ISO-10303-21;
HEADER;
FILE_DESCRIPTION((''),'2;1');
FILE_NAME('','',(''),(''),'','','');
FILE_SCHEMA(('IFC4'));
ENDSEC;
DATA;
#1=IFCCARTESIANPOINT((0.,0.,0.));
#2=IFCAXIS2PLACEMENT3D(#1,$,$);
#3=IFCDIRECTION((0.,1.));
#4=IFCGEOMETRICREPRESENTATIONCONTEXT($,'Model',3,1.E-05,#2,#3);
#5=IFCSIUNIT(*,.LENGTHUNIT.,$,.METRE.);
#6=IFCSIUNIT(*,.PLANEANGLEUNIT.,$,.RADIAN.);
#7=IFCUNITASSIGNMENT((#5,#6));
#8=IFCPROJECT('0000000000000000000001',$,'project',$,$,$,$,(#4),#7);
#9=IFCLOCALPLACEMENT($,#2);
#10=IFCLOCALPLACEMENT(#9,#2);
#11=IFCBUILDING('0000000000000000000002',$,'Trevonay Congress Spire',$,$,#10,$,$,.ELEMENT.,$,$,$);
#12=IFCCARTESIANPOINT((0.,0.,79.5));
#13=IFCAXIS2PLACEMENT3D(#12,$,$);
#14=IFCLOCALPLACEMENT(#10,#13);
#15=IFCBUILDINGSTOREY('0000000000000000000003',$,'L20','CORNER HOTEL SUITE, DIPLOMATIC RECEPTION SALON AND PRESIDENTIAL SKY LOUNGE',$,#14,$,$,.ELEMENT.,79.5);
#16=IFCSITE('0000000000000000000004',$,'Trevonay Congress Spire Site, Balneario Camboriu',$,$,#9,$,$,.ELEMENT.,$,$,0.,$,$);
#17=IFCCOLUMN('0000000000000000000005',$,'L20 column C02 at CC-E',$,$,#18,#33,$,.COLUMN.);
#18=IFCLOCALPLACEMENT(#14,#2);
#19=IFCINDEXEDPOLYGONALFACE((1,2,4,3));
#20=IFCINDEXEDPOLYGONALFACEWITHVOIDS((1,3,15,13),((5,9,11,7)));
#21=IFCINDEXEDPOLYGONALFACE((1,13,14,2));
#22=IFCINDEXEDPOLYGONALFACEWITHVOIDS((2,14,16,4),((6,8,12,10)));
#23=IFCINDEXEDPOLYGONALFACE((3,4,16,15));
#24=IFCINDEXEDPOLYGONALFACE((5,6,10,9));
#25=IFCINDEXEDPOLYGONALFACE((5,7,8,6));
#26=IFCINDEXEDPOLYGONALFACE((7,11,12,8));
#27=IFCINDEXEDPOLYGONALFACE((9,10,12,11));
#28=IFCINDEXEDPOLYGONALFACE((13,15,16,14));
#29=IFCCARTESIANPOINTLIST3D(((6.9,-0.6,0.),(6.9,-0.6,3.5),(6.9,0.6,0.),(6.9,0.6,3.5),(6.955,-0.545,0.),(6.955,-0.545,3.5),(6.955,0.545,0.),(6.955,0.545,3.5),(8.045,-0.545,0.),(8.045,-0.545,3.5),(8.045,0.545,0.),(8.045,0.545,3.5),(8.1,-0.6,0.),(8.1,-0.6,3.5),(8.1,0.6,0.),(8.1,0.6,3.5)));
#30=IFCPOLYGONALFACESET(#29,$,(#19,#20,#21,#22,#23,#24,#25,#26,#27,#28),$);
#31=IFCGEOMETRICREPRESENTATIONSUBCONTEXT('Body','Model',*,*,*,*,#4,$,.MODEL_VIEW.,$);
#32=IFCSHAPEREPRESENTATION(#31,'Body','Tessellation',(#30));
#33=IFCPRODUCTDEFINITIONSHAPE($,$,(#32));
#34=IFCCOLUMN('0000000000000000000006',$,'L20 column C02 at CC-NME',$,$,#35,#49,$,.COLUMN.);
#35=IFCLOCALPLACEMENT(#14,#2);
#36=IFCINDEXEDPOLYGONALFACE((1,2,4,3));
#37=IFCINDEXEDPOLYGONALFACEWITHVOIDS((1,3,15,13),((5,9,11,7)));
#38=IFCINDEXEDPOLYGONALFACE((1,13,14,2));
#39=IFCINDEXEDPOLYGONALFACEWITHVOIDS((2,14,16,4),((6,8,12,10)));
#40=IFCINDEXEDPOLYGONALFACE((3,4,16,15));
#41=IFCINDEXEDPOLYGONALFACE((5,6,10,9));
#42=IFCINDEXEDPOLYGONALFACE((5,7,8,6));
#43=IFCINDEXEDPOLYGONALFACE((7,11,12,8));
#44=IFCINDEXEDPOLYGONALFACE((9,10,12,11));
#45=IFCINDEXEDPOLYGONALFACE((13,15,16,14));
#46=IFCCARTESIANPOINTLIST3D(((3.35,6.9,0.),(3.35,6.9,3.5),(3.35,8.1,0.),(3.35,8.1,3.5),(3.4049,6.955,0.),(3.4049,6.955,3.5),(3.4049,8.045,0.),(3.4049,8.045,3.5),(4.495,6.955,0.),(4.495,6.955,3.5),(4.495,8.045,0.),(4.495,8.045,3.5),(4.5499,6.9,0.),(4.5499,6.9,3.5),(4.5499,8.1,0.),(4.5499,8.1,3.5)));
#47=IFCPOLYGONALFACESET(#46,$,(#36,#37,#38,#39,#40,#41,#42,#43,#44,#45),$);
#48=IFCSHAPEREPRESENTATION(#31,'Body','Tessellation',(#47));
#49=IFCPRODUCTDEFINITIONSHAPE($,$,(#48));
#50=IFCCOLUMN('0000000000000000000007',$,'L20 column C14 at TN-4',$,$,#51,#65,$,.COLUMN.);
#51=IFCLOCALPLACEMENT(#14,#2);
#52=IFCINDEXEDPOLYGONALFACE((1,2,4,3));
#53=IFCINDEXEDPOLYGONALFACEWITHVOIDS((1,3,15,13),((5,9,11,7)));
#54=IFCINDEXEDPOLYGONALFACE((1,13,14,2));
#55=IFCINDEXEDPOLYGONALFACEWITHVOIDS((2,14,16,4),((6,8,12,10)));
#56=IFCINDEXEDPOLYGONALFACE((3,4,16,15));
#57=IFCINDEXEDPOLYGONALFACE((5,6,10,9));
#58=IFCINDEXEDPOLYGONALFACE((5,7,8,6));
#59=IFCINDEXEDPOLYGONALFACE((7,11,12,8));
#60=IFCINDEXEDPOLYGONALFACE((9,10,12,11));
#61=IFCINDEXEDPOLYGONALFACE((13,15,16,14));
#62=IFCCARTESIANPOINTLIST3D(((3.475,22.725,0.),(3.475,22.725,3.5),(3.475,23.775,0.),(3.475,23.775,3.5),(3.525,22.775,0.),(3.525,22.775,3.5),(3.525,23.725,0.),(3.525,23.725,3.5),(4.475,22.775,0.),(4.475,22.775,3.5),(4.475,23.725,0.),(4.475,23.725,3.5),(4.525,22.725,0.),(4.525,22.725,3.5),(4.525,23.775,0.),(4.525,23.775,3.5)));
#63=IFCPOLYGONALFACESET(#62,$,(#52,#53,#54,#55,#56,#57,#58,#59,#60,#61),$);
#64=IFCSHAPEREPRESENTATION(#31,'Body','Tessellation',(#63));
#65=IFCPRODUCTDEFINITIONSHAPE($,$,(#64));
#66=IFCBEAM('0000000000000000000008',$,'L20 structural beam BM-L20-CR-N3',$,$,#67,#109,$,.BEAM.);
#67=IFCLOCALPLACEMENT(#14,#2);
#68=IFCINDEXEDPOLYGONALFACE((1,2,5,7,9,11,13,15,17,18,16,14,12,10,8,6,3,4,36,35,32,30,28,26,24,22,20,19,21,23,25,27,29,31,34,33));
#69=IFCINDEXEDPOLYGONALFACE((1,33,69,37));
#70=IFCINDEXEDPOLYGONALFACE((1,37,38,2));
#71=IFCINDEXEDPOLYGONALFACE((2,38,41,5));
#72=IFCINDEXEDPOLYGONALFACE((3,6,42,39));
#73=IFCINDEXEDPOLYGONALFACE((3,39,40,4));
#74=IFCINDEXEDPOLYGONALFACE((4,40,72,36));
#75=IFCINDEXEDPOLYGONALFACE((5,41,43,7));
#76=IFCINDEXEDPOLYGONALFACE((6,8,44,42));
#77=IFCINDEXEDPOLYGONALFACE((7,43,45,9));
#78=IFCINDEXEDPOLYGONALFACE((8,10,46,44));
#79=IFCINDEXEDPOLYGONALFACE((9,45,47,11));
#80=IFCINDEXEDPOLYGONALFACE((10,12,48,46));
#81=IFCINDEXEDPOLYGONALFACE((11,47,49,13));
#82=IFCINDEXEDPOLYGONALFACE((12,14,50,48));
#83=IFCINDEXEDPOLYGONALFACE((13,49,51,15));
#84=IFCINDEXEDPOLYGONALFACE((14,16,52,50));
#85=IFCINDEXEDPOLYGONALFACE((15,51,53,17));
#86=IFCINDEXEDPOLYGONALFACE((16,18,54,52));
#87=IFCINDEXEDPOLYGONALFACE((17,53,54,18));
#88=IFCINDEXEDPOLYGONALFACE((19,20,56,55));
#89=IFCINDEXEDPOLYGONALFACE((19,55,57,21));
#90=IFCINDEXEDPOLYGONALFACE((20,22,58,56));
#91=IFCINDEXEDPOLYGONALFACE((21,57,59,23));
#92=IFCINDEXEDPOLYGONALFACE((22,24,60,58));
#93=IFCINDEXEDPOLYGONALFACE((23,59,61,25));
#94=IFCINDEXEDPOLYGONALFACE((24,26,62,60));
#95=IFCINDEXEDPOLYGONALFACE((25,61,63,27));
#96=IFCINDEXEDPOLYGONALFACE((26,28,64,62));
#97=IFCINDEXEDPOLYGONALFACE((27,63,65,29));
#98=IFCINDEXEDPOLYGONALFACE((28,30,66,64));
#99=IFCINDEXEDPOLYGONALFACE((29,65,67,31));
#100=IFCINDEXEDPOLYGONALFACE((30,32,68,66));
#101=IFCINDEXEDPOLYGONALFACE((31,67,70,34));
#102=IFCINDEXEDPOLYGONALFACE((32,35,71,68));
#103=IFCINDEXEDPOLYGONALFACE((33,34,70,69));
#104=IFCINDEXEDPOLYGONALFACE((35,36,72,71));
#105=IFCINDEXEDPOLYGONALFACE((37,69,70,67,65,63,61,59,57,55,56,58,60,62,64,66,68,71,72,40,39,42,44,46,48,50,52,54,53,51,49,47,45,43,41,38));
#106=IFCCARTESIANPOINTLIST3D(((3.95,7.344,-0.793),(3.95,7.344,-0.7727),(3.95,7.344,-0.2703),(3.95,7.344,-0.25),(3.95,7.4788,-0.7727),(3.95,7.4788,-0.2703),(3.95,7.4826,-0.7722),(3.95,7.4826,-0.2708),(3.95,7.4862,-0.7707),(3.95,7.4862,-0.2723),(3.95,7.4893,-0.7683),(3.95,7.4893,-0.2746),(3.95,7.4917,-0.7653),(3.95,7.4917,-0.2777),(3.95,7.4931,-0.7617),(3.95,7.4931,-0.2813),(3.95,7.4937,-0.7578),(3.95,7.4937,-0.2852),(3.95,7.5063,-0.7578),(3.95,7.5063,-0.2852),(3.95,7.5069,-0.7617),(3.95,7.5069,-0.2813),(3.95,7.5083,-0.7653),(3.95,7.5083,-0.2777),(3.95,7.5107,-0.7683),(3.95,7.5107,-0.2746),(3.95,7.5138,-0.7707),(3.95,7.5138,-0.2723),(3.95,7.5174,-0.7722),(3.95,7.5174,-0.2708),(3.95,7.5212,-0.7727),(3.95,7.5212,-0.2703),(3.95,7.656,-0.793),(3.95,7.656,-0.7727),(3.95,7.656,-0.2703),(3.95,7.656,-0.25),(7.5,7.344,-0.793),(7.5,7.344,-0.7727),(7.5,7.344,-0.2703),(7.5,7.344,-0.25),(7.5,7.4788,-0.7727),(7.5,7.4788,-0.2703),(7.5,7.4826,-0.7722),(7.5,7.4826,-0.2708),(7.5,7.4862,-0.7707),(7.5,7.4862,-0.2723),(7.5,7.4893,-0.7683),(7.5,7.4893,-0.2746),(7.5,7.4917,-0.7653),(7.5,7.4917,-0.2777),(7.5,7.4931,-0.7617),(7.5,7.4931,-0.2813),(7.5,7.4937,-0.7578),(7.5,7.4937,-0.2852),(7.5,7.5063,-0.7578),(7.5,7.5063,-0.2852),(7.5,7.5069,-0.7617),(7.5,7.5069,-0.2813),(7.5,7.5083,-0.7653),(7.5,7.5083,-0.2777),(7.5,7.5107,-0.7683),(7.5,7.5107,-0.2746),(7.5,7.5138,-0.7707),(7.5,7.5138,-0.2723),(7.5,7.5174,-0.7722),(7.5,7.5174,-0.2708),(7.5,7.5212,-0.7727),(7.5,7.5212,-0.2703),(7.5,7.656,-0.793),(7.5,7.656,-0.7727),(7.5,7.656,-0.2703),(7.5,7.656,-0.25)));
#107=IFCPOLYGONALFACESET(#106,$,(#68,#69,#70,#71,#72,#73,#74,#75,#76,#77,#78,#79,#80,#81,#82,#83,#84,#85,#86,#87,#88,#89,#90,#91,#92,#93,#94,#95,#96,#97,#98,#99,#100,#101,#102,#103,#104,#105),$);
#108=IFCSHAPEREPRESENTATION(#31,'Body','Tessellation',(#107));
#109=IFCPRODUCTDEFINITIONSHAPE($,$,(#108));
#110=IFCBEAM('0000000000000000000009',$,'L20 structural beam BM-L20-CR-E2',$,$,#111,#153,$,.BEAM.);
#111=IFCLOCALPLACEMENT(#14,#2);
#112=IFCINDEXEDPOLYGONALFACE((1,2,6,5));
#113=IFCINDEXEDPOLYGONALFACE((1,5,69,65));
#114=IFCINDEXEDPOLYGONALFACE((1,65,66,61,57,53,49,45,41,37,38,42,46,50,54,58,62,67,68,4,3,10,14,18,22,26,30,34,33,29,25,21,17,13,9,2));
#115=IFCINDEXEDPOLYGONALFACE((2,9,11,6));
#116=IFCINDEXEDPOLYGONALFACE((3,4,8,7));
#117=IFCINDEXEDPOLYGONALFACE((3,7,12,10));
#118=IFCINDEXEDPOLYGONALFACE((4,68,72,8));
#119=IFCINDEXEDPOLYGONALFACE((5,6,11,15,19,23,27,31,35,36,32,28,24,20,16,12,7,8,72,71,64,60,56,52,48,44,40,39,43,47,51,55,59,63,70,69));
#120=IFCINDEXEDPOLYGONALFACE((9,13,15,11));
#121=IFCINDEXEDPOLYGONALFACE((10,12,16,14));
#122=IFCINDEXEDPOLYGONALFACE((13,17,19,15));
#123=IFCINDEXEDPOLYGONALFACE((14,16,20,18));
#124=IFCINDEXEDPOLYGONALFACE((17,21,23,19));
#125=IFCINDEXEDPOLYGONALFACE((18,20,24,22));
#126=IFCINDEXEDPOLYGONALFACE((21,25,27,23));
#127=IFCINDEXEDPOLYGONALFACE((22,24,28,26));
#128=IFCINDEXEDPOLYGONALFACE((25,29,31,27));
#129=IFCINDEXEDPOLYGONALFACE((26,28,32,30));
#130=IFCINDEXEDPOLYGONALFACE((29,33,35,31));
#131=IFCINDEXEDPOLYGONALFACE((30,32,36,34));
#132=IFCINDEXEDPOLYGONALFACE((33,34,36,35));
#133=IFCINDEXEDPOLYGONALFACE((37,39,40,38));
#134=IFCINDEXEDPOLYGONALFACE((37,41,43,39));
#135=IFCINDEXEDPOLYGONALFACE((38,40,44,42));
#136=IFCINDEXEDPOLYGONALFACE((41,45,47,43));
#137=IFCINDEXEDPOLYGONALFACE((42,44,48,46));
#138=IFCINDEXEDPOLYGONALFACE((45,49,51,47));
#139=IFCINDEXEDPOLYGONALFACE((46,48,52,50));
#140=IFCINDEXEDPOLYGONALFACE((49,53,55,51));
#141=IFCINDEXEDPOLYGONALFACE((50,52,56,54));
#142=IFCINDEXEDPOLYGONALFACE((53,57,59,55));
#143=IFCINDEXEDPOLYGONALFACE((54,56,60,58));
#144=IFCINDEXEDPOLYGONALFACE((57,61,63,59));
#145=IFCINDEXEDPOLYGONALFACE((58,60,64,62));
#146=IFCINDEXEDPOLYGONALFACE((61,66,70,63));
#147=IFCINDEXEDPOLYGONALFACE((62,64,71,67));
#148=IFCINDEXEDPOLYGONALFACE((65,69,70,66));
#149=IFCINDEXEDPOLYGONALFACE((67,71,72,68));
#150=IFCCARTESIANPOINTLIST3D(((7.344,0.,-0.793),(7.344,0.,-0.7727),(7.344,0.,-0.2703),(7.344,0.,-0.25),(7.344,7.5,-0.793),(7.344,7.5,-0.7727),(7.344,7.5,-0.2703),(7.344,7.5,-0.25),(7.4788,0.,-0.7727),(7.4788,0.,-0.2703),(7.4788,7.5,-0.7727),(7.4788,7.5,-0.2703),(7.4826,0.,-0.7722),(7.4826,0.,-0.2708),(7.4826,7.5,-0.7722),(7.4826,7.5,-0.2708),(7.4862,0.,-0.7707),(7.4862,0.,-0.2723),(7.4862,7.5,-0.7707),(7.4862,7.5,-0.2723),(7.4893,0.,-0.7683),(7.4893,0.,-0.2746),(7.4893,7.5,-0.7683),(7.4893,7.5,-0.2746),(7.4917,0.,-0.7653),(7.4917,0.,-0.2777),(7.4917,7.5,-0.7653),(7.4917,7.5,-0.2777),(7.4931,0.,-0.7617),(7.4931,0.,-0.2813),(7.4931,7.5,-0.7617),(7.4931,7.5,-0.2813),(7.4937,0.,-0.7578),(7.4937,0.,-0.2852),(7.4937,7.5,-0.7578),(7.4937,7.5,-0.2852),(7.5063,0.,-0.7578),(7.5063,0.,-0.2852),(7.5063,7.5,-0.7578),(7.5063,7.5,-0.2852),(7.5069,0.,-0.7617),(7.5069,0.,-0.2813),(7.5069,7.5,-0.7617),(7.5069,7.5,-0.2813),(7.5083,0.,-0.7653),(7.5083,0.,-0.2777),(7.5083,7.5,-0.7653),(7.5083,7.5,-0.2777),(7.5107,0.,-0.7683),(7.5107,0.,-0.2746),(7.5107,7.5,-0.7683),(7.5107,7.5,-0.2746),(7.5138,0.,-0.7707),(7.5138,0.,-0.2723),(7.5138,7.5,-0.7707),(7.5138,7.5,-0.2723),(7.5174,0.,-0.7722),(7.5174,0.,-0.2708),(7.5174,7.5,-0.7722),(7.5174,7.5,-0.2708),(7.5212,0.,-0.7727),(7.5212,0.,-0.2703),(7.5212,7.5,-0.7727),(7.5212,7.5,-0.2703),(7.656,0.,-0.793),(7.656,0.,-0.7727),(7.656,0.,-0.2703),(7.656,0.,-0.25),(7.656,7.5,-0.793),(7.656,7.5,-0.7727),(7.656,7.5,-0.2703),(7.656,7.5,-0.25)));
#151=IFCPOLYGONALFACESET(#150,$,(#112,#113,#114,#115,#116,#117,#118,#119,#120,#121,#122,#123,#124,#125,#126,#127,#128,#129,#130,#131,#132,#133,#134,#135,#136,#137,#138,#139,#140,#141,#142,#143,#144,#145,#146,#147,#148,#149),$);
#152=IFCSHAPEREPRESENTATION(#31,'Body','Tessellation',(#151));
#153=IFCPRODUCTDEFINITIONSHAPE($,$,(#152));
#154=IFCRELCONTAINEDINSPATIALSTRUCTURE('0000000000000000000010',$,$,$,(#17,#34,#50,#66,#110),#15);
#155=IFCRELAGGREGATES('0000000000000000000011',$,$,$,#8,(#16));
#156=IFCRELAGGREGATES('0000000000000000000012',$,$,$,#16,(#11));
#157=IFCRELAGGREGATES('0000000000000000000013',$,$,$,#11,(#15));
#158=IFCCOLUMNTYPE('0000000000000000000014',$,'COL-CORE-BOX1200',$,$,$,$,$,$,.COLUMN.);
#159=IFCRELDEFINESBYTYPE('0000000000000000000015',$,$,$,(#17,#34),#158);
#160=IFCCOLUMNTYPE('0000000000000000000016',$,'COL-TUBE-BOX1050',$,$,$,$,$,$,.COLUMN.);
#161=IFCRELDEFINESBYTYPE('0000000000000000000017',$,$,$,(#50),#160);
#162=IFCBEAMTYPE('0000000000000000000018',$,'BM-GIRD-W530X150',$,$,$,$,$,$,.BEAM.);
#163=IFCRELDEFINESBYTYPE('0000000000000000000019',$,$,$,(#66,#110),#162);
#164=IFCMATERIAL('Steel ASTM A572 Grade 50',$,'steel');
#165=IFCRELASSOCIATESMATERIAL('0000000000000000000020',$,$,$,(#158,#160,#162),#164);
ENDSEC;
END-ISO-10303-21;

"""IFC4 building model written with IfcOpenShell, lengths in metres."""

from ifc_helpers import new_model, si_unit, direction, frame, origin, origin_2d, place, context, subcontext, project, spatial, hollow_rectangle, i_section, extrude, material, material_profile, profile_set, type_object, element, save


model = new_model("IFC4")

# Units and contexts
model_context = context("Model", 3, precision=1e-05, world=origin(), true_north=direction((0.0, 1.0)))
body_context = subcontext(model_context, "Body", "Model", "MODEL_VIEW")
ifc_project = project(units=[si_unit("LENGTHUNIT", "METRE"), si_unit("PLANEANGLEUNIT", "RADIAN")], contexts=[model_context])

# Site, building, storey
site_placement = place(None, origin())
site = spatial("IfcSite", under=ifc_project, at=site_placement, Name="Trevonay Congress Spire Site, Balneario Camboriu", CompositionType="ELEMENT", RefElevation=0.0)
building_placement = place(site_placement, origin())
building = spatial("IfcBuilding", under=site, at=building_placement, Name="Trevonay Congress Spire", CompositionType="ELEMENT")
storey_placement = place(building_placement, frame((0.0, 0.0, 79.5)))
storey = spatial("IfcBuildingStorey", under=building, at=storey_placement, Name="L20", Description="CORNER HOTEL SUITE, DIPLOMATIC RECEPTION SALON AND PRESIDENTIAL SKY LOUNGE", CompositionType="ELEMENT", Elevation=79.5)

# Columns
ifc_material_1 = material(Name="Steel ASTM A572 Grade 50", Category="steel")
ifc_material_profile_1 = material_profile(ifc_material_1, hollow_rectangle(XDim=1.2, YDim=1.2, WallThickness=0.0549, at=origin_2d()), Name="BOX 1200x1200x55")
ifc_profile_set_1 = profile_set([ifc_material_profile_1], Name="Steel ASTM A572 Grade 50")
column_type_1 = type_object("IfcColumnType", Name="COL-CORE-BOX1200", PredefinedType="COLUMN", material=ifc_profile_set_1)
for number, where, z_axis, x_axis, name in (
    (1, (7.5, 0.0, 0.0), (0.0, 0.0, 1.0), (1.0, 0.0, 0.0), "L20 column C02 at CC-E"),
    (2, (3.95, 7.5, 0.0), (0.0, 0.0, 1.0), (1.0, 0.0, 0.0), "L20 column C02 at CC-NME"),
):
    element("IfcColumn", number, at=place(storey_placement, frame(where, z_axis=z_axis, x_axis=x_axis)), inside=storey, type_object=column_type_1, Name=name, PredefinedType="COLUMN", context=body_context, shape_type="SweptSolid", body=[
        extrude(hollow_rectangle(XDim=1.2, YDim=1.2, WallThickness=0.0549, at=origin_2d()), origin(), (0.0, 0.0, 1.0), 3.5),
    ])
ifc_material_profile_2 = material_profile(ifc_material_1, hollow_rectangle(XDim=1.05, YDim=1.05, WallThickness=0.05, at=origin_2d()), Name="BOX 1050x1050x50")
ifc_profile_set_2 = profile_set([ifc_material_profile_2], Name="Steel ASTM A572 Grade 50")
column_type_2 = type_object("IfcColumnType", Name="COL-TUBE-BOX1050", PredefinedType="COLUMN", material=ifc_profile_set_2)
column_placement = place(storey_placement, frame((4.0, 23.25, 0.0), z_axis=(0.0, 0.0, 1.0), x_axis=(1.0, 0.0, 0.0)))
element("IfcColumn", 3, at=column_placement, inside=storey, type_object=column_type_2, Name="L20 column C14 at TN-4", PredefinedType="COLUMN", context=body_context, shape_type="SweptSolid", body=[
    extrude(hollow_rectangle(XDim=1.05, YDim=1.05, WallThickness=0.05, at=origin_2d()), origin(), (0.0, 0.0, 1.0), 3.5),
])

# Beams
ifc_material_profile_3 = material_profile(ifc_material_1, i_section(OverallWidth=0.312, OverallDepth=0.543, WebThickness=0.0127, FlangeThickness=0.0203, FilletRadius=0.0149, at=origin_2d()), Name="W530x150")
ifc_profile_set_3 = profile_set([ifc_material_profile_3], Name="Steel ASTM A572 Grade 50")
beam_type_1 = type_object("IfcBeamType", Name="BM-GIRD-W530X150", PredefinedType="BEAM", material=ifc_profile_set_3)
beam_1_placement = place(storey_placement, frame((3.95, 7.5, -0.5215), z_axis=(1.0, 0.0, 0.0), x_axis=(0.0, 1.0, 0.0)))
element("IfcBeam", 4, at=beam_1_placement, inside=storey, type_object=beam_type_1, Name="L20 structural beam BM-L20-CR-N3", PredefinedType="BEAM", context=body_context, shape_type="SweptSolid", body=[
    extrude(i_section(OverallWidth=0.312, OverallDepth=0.543, WebThickness=0.0127, FlangeThickness=0.0203, FilletRadius=0.0149, at=origin_2d()), origin(), (0.0, 0.0, 1.0), 3.55),
])
beam_2_placement = place(storey_placement, frame((7.5, 0.0, -0.5215), z_axis=(0.0, 1.0, 0.0), x_axis=(-1.0, 0.0, 0.0)))
element("IfcBeam", 5, at=beam_2_placement, inside=storey, type_object=beam_type_1, Name="L20 structural beam BM-L20-CR-E2", PredefinedType="BEAM", context=body_context, shape_type="SweptSolid", body=[
    extrude(i_section(OverallWidth=0.312, OverallDepth=0.543, WebThickness=0.0127, FlangeThickness=0.0203, FilletRadius=0.0149, at=origin_2d()), origin(), (0.0, 0.0, 1.0), 7.5),
])

save(model, "model.ifc")
